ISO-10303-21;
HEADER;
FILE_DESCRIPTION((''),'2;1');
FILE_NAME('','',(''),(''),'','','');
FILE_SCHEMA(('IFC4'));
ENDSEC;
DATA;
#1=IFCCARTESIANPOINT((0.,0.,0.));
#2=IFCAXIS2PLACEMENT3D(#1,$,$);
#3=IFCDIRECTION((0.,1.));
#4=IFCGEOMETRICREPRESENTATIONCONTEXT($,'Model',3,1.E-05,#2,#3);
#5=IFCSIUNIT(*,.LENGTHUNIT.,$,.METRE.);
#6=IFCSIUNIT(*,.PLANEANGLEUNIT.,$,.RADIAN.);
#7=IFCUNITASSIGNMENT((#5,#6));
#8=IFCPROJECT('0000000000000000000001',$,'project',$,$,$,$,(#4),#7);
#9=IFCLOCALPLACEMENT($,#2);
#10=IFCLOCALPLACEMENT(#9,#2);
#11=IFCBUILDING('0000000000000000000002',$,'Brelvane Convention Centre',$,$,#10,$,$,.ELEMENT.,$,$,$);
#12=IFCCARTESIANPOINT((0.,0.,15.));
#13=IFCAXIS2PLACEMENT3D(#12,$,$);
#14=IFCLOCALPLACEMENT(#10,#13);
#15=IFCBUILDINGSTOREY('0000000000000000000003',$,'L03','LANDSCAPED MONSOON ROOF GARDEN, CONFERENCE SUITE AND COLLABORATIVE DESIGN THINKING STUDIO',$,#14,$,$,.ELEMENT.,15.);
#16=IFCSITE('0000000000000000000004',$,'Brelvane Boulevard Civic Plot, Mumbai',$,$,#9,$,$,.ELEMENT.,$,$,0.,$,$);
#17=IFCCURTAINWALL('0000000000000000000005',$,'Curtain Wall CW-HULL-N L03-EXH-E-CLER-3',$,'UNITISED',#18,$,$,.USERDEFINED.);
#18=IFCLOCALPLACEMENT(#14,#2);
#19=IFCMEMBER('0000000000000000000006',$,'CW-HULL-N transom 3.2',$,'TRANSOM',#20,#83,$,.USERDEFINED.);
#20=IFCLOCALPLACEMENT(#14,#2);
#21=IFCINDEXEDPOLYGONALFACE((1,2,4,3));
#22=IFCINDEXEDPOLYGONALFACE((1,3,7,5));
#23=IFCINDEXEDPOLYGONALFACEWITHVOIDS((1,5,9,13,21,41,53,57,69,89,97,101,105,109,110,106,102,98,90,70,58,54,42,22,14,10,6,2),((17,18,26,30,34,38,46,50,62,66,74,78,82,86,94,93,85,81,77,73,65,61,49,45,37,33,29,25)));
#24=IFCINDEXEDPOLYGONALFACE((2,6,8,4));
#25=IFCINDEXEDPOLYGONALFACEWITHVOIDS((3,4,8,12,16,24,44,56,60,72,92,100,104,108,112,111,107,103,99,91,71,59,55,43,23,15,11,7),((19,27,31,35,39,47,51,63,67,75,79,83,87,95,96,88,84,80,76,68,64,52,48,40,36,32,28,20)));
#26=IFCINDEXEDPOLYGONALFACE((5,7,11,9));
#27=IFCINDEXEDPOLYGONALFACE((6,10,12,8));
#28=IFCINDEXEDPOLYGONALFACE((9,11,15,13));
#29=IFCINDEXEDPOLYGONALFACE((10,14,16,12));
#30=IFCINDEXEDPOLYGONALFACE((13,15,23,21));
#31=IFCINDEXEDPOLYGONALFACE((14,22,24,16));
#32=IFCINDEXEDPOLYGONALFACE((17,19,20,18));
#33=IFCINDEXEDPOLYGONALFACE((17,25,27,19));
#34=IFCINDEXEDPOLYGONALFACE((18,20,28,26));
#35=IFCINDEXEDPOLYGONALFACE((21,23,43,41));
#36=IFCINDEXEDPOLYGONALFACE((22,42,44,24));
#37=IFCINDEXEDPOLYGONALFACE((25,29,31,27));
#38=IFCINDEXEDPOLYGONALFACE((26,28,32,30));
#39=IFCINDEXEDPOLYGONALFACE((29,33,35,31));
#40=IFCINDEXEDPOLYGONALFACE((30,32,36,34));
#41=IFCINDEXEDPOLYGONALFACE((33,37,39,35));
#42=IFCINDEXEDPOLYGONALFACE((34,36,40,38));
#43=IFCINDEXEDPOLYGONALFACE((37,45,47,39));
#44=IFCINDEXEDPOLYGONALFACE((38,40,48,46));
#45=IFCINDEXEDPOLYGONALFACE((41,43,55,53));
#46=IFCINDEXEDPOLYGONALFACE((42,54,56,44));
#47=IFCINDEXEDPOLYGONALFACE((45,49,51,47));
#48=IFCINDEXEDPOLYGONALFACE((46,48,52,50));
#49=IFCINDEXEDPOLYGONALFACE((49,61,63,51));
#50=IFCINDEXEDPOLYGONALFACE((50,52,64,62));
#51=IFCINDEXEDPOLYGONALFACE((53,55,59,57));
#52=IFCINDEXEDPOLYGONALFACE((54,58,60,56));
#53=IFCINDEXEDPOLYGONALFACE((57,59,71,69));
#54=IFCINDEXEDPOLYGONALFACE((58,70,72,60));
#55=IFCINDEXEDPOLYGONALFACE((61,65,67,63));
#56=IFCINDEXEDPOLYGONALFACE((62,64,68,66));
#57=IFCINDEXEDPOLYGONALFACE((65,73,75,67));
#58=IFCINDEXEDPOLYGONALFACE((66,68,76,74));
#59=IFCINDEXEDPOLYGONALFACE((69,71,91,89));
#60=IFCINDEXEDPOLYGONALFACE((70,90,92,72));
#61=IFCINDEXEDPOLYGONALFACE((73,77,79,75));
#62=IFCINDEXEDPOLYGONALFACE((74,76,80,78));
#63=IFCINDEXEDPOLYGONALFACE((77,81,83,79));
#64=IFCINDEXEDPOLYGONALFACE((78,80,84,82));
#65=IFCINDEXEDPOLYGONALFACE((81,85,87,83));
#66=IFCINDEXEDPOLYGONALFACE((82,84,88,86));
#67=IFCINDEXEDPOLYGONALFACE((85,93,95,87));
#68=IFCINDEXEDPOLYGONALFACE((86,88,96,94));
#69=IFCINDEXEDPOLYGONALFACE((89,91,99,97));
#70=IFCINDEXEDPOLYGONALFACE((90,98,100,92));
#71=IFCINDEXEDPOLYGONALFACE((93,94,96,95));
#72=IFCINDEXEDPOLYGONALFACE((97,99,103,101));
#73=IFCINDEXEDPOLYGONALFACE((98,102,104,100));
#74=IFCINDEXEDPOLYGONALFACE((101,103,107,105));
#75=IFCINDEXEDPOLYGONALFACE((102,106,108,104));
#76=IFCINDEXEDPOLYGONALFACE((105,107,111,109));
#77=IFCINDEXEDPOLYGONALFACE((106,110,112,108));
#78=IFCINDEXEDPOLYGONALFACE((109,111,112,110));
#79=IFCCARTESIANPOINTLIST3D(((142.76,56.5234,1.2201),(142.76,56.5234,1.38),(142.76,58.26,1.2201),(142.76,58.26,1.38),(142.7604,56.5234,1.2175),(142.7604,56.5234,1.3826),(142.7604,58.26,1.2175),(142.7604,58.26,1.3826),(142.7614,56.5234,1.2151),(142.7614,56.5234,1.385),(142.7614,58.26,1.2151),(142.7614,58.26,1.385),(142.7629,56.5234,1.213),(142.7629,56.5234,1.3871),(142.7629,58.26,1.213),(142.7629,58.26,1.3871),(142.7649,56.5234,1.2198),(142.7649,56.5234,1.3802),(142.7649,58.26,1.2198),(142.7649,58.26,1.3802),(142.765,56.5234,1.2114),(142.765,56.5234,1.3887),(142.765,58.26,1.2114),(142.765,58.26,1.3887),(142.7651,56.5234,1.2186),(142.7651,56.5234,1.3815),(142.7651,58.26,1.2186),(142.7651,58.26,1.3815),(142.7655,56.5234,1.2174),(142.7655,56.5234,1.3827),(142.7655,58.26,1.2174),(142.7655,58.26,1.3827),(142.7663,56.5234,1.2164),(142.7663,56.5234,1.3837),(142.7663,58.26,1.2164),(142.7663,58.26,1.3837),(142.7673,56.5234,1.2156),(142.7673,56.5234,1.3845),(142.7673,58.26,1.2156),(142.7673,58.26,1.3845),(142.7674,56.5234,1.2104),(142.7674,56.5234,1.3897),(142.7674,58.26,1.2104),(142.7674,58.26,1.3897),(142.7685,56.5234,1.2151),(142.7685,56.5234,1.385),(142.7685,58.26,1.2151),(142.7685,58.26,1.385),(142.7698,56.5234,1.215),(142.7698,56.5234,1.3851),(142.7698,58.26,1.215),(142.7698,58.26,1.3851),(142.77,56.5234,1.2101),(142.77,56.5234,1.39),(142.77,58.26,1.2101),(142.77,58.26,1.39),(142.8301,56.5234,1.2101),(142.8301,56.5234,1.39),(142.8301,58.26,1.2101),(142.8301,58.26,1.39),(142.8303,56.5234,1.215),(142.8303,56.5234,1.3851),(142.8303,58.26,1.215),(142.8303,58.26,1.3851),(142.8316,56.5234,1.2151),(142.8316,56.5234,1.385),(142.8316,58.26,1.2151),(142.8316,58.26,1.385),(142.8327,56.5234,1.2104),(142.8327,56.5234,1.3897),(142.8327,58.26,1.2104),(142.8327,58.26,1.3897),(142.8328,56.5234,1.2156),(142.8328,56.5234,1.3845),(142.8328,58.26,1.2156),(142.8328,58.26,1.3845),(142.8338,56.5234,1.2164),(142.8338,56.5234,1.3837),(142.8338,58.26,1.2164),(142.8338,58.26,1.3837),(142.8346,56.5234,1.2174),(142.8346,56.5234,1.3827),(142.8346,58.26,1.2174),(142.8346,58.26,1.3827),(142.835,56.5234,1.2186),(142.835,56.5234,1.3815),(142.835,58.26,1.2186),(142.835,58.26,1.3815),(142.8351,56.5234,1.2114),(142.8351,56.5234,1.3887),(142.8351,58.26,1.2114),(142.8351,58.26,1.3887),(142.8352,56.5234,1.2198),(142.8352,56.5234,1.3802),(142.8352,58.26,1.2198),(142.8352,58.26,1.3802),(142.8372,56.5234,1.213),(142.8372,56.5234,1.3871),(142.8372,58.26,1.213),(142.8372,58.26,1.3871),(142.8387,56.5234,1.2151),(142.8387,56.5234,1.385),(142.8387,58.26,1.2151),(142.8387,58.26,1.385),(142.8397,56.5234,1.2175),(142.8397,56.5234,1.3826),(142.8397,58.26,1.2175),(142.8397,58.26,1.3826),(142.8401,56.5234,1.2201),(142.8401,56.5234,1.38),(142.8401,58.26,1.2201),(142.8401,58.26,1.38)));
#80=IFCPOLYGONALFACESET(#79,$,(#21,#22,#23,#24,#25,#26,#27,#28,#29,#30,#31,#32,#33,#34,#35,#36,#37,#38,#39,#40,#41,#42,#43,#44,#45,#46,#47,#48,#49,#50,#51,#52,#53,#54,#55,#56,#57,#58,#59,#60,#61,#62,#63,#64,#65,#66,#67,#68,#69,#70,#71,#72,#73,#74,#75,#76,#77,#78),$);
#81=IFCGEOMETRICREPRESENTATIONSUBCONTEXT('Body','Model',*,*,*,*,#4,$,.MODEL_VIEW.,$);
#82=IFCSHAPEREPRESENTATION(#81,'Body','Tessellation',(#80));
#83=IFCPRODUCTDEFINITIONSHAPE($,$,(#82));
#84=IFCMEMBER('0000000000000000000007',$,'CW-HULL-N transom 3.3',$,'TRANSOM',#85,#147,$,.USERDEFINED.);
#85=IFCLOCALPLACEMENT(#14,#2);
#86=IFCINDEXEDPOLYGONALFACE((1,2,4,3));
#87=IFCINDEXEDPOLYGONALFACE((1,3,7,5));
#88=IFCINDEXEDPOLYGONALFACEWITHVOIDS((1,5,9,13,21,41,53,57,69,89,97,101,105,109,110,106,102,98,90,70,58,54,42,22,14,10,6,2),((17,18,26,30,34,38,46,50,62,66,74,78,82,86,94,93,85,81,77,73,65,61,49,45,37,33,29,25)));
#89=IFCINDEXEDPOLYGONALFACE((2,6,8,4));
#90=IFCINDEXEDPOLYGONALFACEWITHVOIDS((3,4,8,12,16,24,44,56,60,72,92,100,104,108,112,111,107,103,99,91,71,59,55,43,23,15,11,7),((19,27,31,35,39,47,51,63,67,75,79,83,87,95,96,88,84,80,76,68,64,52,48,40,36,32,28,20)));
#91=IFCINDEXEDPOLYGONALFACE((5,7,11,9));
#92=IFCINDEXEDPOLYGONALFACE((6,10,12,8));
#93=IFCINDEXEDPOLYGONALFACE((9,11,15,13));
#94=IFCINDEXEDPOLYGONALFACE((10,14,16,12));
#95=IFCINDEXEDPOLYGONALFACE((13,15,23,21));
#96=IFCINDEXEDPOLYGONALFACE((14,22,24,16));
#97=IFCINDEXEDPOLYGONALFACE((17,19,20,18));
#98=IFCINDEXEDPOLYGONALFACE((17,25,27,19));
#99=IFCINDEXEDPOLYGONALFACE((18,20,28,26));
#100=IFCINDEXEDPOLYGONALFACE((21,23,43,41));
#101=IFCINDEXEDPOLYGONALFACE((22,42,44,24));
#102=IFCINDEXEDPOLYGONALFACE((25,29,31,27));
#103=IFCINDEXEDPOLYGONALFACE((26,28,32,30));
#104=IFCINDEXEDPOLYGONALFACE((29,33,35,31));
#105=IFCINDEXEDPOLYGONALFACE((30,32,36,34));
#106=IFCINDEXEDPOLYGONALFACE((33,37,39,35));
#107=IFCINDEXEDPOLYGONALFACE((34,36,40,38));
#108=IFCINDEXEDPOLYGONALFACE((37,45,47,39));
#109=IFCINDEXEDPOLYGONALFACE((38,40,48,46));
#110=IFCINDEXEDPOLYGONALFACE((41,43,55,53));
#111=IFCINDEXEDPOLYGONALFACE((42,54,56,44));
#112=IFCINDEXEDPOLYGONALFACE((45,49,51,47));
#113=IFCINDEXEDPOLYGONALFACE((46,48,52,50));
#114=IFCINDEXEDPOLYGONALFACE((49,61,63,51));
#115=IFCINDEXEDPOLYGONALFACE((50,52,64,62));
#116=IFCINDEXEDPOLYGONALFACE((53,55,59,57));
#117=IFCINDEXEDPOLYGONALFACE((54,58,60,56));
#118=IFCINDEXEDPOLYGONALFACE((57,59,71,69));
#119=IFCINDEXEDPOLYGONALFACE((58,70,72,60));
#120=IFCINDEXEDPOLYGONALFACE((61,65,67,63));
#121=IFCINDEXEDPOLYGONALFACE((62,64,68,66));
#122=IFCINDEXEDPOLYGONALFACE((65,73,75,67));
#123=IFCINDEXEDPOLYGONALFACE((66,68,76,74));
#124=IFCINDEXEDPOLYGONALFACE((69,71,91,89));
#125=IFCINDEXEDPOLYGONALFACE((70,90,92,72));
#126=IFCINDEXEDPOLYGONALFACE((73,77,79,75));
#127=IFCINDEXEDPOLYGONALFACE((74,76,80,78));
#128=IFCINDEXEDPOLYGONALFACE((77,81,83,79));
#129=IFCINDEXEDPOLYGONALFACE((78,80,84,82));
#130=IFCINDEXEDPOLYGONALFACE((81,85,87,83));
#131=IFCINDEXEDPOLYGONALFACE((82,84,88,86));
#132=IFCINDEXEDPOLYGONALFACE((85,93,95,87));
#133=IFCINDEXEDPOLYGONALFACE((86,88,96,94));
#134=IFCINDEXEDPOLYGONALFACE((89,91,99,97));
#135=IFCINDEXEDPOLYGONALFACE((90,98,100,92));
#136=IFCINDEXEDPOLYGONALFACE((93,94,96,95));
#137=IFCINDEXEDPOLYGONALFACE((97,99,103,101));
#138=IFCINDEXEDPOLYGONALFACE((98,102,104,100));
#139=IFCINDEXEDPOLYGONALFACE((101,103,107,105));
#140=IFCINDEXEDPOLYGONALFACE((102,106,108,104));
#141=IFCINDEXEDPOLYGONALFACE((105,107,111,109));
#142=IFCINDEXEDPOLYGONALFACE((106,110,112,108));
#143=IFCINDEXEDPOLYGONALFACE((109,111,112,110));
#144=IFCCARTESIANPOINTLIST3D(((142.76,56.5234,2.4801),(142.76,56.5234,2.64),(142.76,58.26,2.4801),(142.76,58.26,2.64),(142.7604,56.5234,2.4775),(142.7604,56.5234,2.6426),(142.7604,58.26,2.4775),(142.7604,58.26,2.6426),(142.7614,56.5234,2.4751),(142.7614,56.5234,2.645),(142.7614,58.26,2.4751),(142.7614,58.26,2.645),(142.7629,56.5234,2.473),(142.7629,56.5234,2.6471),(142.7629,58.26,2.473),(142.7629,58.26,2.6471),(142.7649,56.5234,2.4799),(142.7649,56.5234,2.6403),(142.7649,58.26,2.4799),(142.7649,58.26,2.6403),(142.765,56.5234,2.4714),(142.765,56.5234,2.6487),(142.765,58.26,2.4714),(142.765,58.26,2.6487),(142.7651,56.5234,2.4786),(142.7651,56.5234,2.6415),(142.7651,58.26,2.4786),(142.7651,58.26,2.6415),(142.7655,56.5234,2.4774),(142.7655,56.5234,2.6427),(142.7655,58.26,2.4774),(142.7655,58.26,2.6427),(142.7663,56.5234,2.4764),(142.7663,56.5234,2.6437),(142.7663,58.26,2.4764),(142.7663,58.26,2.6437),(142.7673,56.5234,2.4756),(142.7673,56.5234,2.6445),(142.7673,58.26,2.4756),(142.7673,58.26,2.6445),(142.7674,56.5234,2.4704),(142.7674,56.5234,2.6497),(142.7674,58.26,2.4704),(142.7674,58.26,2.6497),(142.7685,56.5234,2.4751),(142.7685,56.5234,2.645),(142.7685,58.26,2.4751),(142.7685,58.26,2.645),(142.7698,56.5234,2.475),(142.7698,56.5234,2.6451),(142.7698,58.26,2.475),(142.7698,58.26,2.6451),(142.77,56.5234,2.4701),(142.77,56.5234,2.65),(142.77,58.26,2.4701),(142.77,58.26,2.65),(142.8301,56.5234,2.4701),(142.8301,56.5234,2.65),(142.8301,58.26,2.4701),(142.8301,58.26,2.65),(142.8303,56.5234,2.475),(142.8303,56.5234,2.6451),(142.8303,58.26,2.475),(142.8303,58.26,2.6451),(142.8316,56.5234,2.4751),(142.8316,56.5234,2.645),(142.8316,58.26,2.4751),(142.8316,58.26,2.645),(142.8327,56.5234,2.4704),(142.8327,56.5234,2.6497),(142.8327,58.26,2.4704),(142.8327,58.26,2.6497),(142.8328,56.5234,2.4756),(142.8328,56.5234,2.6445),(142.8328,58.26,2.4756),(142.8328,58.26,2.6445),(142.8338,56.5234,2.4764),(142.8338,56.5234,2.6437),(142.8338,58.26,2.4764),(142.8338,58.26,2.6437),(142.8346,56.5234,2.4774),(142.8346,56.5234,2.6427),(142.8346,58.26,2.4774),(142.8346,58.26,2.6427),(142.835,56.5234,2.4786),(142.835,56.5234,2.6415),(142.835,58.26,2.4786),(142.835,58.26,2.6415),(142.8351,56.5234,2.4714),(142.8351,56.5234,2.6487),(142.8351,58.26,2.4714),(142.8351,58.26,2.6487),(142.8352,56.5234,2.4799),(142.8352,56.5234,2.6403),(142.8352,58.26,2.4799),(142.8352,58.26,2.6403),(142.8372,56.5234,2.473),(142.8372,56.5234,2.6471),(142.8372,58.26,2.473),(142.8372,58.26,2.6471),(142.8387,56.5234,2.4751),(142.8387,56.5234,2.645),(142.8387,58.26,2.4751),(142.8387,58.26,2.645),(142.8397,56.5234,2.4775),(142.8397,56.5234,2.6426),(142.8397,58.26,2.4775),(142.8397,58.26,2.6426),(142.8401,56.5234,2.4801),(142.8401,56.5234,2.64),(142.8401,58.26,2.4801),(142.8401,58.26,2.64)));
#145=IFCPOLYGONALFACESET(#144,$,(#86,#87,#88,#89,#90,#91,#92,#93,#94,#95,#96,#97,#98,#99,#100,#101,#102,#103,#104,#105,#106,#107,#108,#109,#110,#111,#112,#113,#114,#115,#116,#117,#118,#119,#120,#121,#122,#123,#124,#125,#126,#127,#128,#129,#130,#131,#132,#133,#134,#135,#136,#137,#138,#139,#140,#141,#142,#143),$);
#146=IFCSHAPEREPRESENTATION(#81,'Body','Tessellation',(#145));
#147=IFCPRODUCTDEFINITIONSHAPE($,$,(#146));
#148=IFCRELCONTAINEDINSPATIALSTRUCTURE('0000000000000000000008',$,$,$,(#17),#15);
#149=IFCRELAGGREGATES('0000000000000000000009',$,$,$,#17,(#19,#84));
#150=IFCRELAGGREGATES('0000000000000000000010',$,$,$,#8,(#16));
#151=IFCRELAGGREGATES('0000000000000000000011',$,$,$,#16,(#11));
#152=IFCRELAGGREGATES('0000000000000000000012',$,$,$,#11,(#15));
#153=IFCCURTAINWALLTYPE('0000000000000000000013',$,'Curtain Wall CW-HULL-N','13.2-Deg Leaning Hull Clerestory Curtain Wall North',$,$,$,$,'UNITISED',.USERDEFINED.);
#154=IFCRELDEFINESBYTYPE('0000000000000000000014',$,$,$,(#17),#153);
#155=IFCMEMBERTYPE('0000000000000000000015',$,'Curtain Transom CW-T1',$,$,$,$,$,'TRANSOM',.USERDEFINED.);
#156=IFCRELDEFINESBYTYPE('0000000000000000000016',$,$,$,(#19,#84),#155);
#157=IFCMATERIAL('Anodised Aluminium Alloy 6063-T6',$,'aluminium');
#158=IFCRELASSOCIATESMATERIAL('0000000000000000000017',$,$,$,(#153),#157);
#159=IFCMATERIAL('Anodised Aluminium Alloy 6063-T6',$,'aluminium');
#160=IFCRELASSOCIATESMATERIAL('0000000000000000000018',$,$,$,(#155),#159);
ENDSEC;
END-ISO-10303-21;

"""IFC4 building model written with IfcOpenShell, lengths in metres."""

from ifc_helpers import new_model, si_unit, direction, frame, origin, origin_2d, place, context, subcontext, project, spatial, hollow_rectangle, extrude, material, material_profile, profile_set, type_object, element, aggregate, save


model = new_model("IFC4")

# Units and contexts
model_context = context("Model", 3, precision=1e-05, world=origin(), true_north=direction((0.0, 1.0)))
body_context = subcontext(model_context, "Body", "Model", "MODEL_VIEW")
ifc_project = project(units=[si_unit("LENGTHUNIT", "METRE"), si_unit("PLANEANGLEUNIT", "RADIAN")], contexts=[model_context])

# Site, building, storey
site_placement = place(None, origin())
site = spatial("IfcSite", under=ifc_project, at=site_placement, Name="Brelvane Boulevard Civic Plot, Mumbai", CompositionType="ELEMENT", RefElevation=0.0)
building_placement = place(site_placement, origin())
building = spatial("IfcBuilding", under=site, at=building_placement, Name="Brelvane Convention Centre", CompositionType="ELEMENT")
storey_placement = place(building_placement, frame((0.0, 0.0, 15.0)))
storey = spatial("IfcBuildingStorey", under=building, at=storey_placement, Name="L03", Description="LANDSCAPED MONSOON ROOF GARDEN, CONFERENCE SUITE AND COLLABORATIVE DESIGN THINKING STUDIO", CompositionType="ELEMENT", Elevation=15.0)

# Curtain wall, members
ifc_material_1 = material(Name="Anodised Aluminium Alloy 6063-T6", Category="aluminium")
curtain_wall_type = type_object("IfcCurtainWallType", Name="Curtain Wall CW-HULL-N", Description="13.2-Deg Leaning Hull Clerestory Curtain Wall North", ElementType="UNITISED", PredefinedType="USERDEFINED", material=ifc_material_1)
curtain_wall_placement = place(storey_placement, origin())
curtain_wall = element("IfcCurtainWall", 1, at=curtain_wall_placement, inside=storey, type_object=curtain_wall_type, Name="Curtain Wall CW-HULL-N L03-EXH-E-CLER-3", ObjectType="UNITISED", PredefinedType="USERDEFINED")
ifc_material_2 = material(Name="Anodised Aluminium Alloy 6063-T6", Category="aluminium")
ifc_material_profile_1 = material_profile(ifc_material_2, hollow_rectangle(XDim=0.0801, YDim=0.1799, WallThickness=0.0049, InnerFilletRadius=0.0049, OuterFilletRadius=0.01, at=origin_2d()), Name="ALU-T 180x80x5.0")
ifc_profile_set_1 = profile_set([ifc_material_profile_1], Name="Anodised Aluminium Alloy 6063-T6")
member_type_1 = type_object("IfcMemberType", Name="Curtain Transom CW-T1", ElementType="TRANSOM", PredefinedType="USERDEFINED", material=ifc_profile_set_1)
member_1_placement = place(storey_placement, frame((142.8, 56.5234, 1.3), z_axis=(0.0, 1.0, 0.0), x_axis=(-1.0, 0.0, 0.0)))
member_1 = element("IfcMember", 2, at=member_1_placement, type_object=member_type_1, Name="CW-HULL-N transom 3.2", ObjectType="TRANSOM", PredefinedType="USERDEFINED", context=body_context, shape_type="SweptSolid", body=[
    extrude(hollow_rectangle(XDim=0.0801, YDim=0.1799, WallThickness=0.0049, InnerFilletRadius=0.0049, OuterFilletRadius=0.01, at=origin_2d()), origin(), (0.0, 0.0, 1.0), 1.7366),
])
member_2_placement = place(storey_placement, frame((142.8, 56.5234, 2.5601), z_axis=(0.0, 1.0, 0.0), x_axis=(-1.0, 0.0, 0.0)))
member_2 = element("IfcMember", 3, at=member_2_placement, type_object=member_type_1, Name="CW-HULL-N transom 3.3", ObjectType="TRANSOM", PredefinedType="USERDEFINED", context=body_context, shape_type="SweptSolid", body=[
    extrude(hollow_rectangle(XDim=0.0801, YDim=0.1799, WallThickness=0.0049, InnerFilletRadius=0.0049, OuterFilletRadius=0.01, at=origin_2d()), origin(), (0.0, 0.0, 1.0), 1.7366),
])

aggregate(curtain_wall, [member_1, member_2])

save(model, "model.ifc")
